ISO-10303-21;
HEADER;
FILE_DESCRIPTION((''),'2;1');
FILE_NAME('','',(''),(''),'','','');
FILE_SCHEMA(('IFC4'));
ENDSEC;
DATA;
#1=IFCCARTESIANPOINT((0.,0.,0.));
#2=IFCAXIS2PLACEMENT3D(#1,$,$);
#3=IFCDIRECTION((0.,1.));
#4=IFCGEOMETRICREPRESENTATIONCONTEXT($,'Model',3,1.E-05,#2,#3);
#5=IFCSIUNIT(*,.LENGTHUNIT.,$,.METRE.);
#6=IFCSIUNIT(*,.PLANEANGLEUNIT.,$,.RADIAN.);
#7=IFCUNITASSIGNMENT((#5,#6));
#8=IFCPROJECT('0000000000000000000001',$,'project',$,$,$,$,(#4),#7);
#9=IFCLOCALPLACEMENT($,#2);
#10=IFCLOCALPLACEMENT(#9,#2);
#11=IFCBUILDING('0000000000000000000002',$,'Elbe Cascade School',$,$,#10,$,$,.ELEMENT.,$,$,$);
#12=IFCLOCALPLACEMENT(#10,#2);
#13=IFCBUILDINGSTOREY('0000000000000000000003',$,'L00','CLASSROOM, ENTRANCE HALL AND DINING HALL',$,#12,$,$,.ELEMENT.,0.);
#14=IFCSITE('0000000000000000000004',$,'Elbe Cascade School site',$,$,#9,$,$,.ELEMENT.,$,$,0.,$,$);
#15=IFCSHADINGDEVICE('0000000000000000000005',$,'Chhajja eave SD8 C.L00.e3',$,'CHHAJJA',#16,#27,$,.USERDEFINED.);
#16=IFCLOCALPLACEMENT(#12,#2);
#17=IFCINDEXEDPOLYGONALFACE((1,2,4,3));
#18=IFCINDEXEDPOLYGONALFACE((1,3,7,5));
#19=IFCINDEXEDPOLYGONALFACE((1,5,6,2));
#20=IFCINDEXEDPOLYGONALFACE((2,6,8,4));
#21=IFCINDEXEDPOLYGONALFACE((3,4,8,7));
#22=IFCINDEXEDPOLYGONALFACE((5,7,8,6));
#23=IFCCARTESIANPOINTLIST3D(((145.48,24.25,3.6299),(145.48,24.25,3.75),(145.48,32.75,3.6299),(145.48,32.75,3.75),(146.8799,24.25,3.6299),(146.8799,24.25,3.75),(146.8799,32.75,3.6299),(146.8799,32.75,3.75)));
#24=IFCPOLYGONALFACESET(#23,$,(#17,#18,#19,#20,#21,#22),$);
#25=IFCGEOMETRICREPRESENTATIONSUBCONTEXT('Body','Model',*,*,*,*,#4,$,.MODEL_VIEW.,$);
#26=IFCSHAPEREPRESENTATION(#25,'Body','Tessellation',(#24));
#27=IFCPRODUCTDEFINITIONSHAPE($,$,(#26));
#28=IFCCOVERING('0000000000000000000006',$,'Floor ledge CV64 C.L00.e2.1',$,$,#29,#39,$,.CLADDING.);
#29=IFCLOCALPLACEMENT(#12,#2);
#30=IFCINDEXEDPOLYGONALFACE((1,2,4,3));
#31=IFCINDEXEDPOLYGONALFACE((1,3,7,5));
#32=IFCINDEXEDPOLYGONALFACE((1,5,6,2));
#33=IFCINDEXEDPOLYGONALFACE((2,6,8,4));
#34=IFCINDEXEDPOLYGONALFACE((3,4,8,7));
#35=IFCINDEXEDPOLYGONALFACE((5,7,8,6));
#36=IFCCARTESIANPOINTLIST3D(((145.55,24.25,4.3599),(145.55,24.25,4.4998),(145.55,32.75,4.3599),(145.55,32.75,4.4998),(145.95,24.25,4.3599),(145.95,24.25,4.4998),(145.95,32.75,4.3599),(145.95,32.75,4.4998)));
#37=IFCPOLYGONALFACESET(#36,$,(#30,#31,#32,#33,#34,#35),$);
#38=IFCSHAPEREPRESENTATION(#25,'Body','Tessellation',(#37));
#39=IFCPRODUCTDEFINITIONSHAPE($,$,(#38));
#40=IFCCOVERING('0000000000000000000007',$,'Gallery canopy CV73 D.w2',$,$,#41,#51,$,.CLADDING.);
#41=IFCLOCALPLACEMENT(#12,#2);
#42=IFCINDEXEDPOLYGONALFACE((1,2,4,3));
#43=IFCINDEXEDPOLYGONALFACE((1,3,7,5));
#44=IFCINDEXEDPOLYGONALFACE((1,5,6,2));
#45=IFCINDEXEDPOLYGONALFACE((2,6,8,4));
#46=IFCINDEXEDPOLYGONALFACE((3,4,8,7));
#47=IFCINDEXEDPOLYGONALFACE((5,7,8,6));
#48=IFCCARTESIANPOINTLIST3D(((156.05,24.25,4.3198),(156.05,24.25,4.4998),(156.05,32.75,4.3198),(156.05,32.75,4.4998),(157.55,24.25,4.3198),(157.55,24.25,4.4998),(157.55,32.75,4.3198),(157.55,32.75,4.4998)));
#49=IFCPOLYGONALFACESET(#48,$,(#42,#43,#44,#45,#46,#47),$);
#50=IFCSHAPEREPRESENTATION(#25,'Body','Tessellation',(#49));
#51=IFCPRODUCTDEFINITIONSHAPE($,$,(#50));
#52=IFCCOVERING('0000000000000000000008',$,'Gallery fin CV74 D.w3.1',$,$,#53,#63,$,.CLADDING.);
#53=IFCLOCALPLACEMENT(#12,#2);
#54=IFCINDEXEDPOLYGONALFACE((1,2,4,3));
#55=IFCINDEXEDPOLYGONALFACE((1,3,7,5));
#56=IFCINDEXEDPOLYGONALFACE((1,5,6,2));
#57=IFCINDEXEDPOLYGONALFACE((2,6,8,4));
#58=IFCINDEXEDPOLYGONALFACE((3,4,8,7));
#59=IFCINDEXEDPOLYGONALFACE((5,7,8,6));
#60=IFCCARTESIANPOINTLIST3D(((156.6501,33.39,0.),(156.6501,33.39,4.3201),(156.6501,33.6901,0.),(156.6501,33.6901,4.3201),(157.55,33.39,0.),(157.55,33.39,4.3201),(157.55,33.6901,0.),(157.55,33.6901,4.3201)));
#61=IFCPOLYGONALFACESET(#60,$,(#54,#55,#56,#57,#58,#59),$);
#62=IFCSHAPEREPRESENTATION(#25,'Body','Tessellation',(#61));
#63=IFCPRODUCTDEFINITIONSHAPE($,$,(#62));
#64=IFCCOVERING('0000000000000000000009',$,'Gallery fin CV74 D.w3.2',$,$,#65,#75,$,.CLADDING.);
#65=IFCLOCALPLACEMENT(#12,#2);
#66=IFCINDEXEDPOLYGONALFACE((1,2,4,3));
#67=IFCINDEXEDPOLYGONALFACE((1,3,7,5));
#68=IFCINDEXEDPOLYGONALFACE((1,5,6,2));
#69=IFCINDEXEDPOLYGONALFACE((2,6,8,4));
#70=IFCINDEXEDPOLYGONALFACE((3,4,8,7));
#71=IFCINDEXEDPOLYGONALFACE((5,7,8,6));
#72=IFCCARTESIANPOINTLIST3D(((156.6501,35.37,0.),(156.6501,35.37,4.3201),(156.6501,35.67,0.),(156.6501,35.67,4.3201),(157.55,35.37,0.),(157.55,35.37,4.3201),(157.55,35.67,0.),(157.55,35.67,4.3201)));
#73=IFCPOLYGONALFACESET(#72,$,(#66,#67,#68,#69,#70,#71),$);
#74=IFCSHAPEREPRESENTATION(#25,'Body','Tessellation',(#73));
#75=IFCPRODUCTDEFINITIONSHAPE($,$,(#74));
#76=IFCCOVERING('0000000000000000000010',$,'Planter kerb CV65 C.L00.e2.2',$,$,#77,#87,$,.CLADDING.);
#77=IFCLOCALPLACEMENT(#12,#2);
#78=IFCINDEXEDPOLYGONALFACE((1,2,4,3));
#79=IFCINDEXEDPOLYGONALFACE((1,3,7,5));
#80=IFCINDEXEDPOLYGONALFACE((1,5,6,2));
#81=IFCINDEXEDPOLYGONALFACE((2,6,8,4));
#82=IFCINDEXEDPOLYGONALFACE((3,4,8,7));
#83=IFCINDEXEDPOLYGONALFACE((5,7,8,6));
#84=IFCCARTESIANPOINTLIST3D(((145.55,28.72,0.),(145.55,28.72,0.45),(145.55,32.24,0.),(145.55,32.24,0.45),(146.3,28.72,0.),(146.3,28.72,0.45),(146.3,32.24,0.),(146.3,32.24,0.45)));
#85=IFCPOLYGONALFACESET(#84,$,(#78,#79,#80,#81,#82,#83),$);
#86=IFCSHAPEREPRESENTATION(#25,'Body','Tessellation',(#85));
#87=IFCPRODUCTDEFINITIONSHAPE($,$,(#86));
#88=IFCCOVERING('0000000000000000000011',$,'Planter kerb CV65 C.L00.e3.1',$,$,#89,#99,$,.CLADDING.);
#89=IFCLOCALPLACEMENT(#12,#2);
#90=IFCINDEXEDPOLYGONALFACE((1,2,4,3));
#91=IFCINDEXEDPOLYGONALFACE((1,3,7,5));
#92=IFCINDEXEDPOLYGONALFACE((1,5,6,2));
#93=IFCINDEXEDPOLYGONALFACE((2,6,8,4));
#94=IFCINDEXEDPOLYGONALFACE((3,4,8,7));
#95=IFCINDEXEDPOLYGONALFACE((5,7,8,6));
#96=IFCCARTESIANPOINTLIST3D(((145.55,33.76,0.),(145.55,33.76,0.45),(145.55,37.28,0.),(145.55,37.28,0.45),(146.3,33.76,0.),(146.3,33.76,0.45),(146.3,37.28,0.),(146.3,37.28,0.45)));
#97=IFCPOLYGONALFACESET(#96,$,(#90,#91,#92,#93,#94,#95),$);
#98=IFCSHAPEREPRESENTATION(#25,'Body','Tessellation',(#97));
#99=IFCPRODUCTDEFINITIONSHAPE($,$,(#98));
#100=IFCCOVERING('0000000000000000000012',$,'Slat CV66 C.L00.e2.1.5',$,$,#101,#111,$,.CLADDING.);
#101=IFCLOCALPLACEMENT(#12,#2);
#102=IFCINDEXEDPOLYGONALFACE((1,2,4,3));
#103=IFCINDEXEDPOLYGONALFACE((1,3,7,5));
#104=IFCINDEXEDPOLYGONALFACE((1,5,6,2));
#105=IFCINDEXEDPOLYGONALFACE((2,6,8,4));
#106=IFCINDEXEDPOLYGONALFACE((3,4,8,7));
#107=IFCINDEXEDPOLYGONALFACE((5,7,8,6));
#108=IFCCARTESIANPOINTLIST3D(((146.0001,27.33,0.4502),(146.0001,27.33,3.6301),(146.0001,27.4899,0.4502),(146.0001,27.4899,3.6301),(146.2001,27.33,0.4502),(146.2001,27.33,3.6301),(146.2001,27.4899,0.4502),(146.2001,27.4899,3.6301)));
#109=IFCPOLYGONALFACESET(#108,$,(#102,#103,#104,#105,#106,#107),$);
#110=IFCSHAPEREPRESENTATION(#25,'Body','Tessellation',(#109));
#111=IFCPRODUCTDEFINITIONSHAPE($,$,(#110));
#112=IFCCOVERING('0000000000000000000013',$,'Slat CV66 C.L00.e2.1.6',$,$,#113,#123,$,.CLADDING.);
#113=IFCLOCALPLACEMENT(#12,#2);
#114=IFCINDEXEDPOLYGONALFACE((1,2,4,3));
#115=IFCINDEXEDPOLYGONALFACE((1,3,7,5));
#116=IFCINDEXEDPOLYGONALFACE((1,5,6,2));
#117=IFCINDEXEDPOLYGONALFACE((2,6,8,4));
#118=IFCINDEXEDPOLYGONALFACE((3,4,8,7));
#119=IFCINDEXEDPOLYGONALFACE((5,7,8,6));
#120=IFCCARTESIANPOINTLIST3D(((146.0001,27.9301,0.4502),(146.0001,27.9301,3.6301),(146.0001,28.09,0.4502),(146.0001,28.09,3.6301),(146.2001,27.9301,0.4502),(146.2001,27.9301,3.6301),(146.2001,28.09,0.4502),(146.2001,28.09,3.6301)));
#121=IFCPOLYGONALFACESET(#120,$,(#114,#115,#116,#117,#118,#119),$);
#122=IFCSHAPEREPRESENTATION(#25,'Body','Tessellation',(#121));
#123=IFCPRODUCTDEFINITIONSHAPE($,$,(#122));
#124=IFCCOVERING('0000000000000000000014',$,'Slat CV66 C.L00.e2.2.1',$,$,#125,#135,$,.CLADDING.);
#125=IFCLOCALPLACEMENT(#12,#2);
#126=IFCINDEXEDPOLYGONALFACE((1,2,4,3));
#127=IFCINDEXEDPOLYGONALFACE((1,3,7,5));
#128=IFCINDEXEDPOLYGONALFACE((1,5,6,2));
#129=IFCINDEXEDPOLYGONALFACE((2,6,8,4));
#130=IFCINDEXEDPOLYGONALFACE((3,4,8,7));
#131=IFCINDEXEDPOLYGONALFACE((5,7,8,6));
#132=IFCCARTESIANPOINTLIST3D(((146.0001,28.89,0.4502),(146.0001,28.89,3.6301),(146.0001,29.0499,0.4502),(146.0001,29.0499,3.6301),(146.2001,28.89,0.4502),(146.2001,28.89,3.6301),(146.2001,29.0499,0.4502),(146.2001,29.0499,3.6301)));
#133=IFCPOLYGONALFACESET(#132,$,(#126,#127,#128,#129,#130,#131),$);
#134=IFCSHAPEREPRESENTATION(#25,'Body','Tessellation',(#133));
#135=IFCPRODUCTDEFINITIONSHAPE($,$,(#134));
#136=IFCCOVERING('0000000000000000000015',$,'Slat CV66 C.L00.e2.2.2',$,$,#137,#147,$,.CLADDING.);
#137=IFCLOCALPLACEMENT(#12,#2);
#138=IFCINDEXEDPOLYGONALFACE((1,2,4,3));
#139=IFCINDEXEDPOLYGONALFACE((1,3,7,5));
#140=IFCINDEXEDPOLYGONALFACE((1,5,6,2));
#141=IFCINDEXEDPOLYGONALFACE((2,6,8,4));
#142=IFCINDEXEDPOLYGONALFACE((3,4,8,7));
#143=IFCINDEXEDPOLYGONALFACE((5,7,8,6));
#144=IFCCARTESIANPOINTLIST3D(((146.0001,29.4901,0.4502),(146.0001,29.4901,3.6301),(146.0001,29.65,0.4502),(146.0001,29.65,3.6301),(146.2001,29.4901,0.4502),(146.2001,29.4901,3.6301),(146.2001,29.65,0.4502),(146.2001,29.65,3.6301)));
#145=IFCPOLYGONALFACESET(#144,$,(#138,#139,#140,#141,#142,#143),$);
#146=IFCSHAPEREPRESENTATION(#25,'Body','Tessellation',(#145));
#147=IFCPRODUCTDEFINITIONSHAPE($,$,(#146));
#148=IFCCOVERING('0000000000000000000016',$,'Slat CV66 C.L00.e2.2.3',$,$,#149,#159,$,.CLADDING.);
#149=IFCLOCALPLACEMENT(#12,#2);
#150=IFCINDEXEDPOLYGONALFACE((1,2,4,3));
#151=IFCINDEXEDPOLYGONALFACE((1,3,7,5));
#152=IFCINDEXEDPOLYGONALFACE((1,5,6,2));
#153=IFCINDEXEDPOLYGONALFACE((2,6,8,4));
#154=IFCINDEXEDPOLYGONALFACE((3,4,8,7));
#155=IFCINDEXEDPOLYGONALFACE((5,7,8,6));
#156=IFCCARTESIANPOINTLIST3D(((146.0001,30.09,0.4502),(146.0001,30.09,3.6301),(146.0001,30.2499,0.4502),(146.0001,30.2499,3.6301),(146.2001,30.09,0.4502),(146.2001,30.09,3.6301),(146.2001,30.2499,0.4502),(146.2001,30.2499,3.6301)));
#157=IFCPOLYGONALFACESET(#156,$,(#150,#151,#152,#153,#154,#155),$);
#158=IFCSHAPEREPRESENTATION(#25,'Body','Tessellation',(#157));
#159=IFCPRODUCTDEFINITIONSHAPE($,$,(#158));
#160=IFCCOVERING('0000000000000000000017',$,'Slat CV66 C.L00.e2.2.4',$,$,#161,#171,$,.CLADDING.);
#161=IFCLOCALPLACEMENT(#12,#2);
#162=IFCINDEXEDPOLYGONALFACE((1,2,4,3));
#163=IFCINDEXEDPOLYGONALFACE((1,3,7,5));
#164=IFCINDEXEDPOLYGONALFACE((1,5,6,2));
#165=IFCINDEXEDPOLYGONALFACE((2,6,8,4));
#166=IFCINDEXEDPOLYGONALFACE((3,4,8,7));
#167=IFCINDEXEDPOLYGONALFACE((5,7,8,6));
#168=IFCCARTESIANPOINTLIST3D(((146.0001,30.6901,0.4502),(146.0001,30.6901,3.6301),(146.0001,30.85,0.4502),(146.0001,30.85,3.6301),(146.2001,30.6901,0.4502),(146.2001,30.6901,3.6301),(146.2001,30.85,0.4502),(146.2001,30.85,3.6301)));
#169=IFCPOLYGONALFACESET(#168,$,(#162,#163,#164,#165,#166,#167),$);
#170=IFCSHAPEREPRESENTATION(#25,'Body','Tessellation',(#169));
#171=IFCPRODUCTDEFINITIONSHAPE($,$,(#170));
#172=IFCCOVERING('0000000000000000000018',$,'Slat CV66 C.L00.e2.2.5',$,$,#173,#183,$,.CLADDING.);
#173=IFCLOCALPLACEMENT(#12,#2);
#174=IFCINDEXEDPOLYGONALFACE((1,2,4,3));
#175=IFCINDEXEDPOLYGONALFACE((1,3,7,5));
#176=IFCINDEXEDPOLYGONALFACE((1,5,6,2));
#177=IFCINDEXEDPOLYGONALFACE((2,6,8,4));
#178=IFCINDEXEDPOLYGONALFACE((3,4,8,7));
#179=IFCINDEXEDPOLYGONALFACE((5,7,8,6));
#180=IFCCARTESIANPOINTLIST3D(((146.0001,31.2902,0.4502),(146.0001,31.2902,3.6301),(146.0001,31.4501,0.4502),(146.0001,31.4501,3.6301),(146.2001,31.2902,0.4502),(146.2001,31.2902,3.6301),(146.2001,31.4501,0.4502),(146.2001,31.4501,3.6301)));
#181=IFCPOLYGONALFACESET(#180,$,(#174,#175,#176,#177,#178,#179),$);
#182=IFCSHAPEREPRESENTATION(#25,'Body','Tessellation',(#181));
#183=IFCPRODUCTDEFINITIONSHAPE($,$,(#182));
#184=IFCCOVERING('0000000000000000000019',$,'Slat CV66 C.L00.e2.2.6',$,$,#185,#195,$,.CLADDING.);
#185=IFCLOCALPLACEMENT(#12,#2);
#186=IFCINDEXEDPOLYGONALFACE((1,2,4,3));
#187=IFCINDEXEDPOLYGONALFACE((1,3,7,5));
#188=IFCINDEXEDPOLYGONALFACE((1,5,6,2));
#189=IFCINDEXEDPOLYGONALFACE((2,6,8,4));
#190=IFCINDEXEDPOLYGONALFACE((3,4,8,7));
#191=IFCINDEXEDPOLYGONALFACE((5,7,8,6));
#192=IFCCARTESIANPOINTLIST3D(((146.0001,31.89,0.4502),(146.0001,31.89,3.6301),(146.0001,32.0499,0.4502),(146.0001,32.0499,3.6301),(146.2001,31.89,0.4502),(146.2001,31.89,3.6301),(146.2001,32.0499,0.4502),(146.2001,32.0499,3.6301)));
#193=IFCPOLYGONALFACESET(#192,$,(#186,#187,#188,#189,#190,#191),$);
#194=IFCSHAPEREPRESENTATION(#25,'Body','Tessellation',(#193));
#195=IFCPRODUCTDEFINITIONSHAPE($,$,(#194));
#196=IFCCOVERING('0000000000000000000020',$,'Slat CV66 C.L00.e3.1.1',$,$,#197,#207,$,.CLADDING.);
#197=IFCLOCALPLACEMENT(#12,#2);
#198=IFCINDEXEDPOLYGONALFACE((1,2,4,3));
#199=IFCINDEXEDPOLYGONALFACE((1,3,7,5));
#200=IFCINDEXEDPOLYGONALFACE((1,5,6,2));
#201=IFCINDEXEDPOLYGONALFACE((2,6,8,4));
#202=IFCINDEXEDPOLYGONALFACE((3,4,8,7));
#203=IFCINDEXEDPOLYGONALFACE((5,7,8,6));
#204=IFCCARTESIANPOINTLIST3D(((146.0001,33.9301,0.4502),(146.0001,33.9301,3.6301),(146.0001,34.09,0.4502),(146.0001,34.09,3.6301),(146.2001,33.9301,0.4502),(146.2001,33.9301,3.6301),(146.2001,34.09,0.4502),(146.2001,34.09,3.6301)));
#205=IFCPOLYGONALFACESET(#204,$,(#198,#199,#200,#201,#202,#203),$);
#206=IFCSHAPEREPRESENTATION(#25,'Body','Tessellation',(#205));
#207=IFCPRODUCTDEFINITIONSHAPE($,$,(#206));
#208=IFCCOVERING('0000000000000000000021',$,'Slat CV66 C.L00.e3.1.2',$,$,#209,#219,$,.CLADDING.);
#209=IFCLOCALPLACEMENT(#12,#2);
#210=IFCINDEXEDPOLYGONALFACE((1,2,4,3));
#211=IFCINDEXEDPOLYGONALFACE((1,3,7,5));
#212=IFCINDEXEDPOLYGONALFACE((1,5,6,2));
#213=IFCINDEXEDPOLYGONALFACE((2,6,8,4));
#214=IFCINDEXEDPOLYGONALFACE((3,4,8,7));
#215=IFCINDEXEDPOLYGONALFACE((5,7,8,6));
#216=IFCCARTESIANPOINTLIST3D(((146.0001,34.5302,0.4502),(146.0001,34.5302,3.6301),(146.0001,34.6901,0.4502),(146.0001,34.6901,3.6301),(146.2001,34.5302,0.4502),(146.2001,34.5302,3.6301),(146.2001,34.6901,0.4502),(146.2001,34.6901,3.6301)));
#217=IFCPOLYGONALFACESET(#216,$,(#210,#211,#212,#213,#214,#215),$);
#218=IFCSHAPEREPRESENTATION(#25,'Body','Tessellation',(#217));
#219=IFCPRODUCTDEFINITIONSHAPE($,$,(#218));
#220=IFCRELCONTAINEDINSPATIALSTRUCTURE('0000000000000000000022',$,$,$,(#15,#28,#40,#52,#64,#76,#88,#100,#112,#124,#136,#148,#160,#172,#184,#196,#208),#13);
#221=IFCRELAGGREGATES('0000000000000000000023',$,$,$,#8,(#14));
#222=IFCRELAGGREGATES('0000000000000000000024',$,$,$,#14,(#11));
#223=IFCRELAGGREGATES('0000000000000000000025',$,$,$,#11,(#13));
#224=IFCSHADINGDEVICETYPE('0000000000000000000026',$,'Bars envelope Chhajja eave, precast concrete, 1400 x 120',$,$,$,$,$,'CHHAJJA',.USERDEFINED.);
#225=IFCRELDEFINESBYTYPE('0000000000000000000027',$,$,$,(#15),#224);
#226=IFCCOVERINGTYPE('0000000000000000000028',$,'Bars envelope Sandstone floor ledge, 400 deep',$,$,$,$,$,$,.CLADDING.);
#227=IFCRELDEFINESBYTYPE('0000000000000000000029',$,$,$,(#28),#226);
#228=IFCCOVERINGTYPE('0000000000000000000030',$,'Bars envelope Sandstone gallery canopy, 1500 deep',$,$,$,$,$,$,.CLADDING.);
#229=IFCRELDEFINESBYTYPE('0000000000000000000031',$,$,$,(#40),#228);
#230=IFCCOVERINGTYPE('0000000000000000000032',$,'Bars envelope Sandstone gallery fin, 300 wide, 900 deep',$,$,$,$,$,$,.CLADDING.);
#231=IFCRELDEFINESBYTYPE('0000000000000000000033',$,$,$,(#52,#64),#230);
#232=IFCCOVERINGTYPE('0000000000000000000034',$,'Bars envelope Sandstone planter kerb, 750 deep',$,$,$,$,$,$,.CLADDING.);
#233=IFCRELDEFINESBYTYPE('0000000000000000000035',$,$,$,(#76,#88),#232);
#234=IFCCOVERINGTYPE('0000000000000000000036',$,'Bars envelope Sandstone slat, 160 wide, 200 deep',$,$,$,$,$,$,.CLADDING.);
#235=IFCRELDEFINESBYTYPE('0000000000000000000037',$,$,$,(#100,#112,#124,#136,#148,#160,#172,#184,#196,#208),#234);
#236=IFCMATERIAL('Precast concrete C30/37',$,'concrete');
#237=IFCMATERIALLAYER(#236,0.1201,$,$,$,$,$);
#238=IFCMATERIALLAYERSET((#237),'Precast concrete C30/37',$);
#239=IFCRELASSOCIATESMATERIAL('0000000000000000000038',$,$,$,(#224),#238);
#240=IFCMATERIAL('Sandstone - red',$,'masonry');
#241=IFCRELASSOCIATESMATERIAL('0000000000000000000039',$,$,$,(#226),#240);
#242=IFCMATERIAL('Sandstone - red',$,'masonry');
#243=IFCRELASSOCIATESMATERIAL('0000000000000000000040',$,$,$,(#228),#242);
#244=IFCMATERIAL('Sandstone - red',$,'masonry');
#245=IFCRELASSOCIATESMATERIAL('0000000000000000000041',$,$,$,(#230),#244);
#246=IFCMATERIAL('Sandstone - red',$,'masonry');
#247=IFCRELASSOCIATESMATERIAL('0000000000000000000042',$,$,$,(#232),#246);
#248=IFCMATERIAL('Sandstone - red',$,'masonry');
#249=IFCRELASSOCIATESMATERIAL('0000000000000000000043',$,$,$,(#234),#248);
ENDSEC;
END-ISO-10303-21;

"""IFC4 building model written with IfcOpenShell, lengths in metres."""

from ifc_helpers import new_model, si_unit, direction, frame, origin, origin_2d, place, context, subcontext, project, spatial, rectangle, extrude, material, layer, layer_set, type_object, element, save


model = new_model("IFC4")

# Units and contexts
model_context = context("Model", 3, precision=1e-05, world=origin(), true_north=direction((0.0, 1.0)))
body_context = subcontext(model_context, "Body", "Model", "MODEL_VIEW")
ifc_project = project(units=[si_unit("LENGTHUNIT", "METRE"), si_unit("PLANEANGLEUNIT", "RADIAN")], contexts=[model_context])

# Site, building, storey
site_placement = place(None, origin())
site = spatial("IfcSite", under=ifc_project, at=site_placement, Name="Elbe Cascade School site", CompositionType="ELEMENT", RefElevation=0.0)
building_placement = place(site_placement, origin())
building = spatial("IfcBuilding", under=site, at=building_placement, Name="Elbe Cascade School", CompositionType="ELEMENT")
storey_placement = place(building_placement, origin())
storey = spatial("IfcBuildingStorey", under=building, at=storey_placement, Name="L00", Description="CLASSROOM, ENTRANCE HALL AND DINING HALL", CompositionType="ELEMENT", Elevation=0.0)

# Shading device
ifc_material_1 = material(Name="Precast concrete C30/37", Category="concrete")
ifc_layer_1 = layer(ifc_material_1, 0.1201)
ifc_layer_set_1 = layer_set([ifc_layer_1], Name="Precast concrete C30/37")
shading_device_type_1 = type_object("IfcShadingDeviceType", Name="Bars envelope Chhajja eave, precast concrete, 1400 x 120", ElementType="CHHAJJA", PredefinedType="USERDEFINED", material=ifc_layer_set_1)
shading_device_1_placement = place(storey_placement, frame((146.1799, 28.5, 3.6299), z_axis=(0.0, 0.0, 1.0), x_axis=(0.0, 1.0, 0.0)))
element("IfcShadingDevice", 1, at=shading_device_1_placement, inside=storey, type_object=shading_device_type_1, Name="Chhajja eave SD8 C.L00.e3", ObjectType="CHHAJJA", PredefinedType="USERDEFINED", context=body_context, shape_type="SweptSolid", body=[
    extrude(rectangle(XDim=8.5, YDim=1.3999, at=origin_2d()), origin(), (0.0, 0.0, 1.0), 0.1201),
])

# Coverings
ifc_material_2 = material(Name="Sandstone - red", Category="masonry")
covering_type_1 = type_object("IfcCoveringType", Name="Bars envelope Sandstone floor ledge, 400 deep", PredefinedType="CLADDING", material=ifc_material_2)
covering_1_placement = place(storey_placement, frame((145.75, 28.5, 4.3599), z_axis=(0.0, 0.0, 1.0), x_axis=(0.0, 1.0, 0.0)))
element("IfcCovering", 2, at=covering_1_placement, inside=storey, type_object=covering_type_1, Name="Floor ledge CV64 C.L00.e2.1", PredefinedType="CLADDING", context=body_context, shape_type="SweptSolid", body=[
    extrude(rectangle(XDim=8.5, YDim=0.3999, at=origin_2d()), origin(), (0.0, 0.0, 1.0), 0.1399),
])
ifc_material_3 = material(Name="Sandstone - red", Category="masonry")
covering_type_2 = type_object("IfcCoveringType", Name="Bars envelope Sandstone gallery canopy, 1500 deep", PredefinedType="CLADDING", material=ifc_material_3)
covering_2_placement = place(storey_placement, frame((156.8, 28.5, 4.3198), z_axis=(0.0, 0.0, 1.0), x_axis=(0.0, 1.0, 0.0)))
element("IfcCovering", 3, at=covering_2_placement, inside=storey, type_object=covering_type_2, Name="Gallery canopy CV73 D.w2", PredefinedType="CLADDING", context=body_context, shape_type="SweptSolid", body=[
    extrude(rectangle(XDim=8.5, YDim=1.5, at=origin_2d()), origin(), (0.0, 0.0, 1.0), 0.1799),
])
ifc_material_4 = material(Name="Sandstone - red", Category="masonry")
covering_type_3 = type_object("IfcCoveringType", Name="Bars envelope Sandstone gallery fin, 300 wide, 900 deep", PredefinedType="CLADDING", material=ifc_material_4)
for number, where, z_axis, x_axis, name in (
    (4, (157.1001, 33.54, 0.0), (0.0, 0.0, 1.0), (0.0, 1.0, 0.0), "Gallery fin CV74 D.w3.1"),
    (5, (157.1001, 35.52, 0.0), (0.0, 0.0, 1.0), (0.0, 1.0, 0.0), "Gallery fin CV74 D.w3.2"),
):
    element("IfcCovering", number, at=place(storey_placement, frame(where, z_axis=z_axis, x_axis=x_axis)), inside=storey, type_object=covering_type_3, Name=name, PredefinedType="CLADDING", context=body_context, shape_type="SweptSolid", body=[
        extrude(rectangle(XDim=0.3, YDim=0.8999, at=origin_2d()), origin(), (0.0, 0.0, 1.0), 4.3201),
    ])
ifc_material_5 = material(Name="Sandstone - red", Category="masonry")
covering_type_4 = type_object("IfcCoveringType", Name="Bars envelope Sandstone planter kerb, 750 deep", PredefinedType="CLADDING", material=ifc_material_5)
for number, where, z_axis, x_axis, name in (
    (6, (145.925, 30.48, 0.0), (0.0, 0.0, 1.0), (0.0, 1.0, 0.0), "Planter kerb CV65 C.L00.e2.2"),
    (7, (145.925, 35.52, 0.0), (0.0, 0.0, 1.0), (0.0, 1.0, 0.0), "Planter kerb CV65 C.L00.e3.1"),
):
    element("IfcCovering", number, at=place(storey_placement, frame(where, z_axis=z_axis, x_axis=x_axis)), inside=storey, type_object=covering_type_4, Name=name, PredefinedType="CLADDING", context=body_context, shape_type="SweptSolid", body=[
        extrude(rectangle(XDim=3.52, YDim=0.75, at=origin_2d()), origin(), (0.0, 0.0, 1.0), 0.45),
    ])
ifc_material_6 = material(Name="Sandstone - red", Category="masonry")
covering_type_5 = type_object("IfcCoveringType", Name="Bars envelope Sandstone slat, 160 wide, 200 deep", PredefinedType="CLADDING", material=ifc_material_6)
for number, where, z_axis, x_axis, name in (
    (8, (146.1001, 27.4099, 0.4502), (0.0, 0.0, 1.0), (0.0, 1.0, 0.0), "Slat CV66 C.L00.e2.1.5"),
    (9, (146.1001, 28.01, 0.4502), (0.0, 0.0, 1.0), (0.0, 1.0, 0.0), "Slat CV66 C.L00.e2.1.6"),
    (10, (146.1001, 28.97, 0.4502), (0.0, 0.0, 1.0), (0.0, 1.0, 0.0), "Slat CV66 C.L00.e2.2.1"),
    (11, (146.1001, 29.5701, 0.4502), (0.0, 0.0, 1.0), (0.0, 1.0, 0.0), "Slat CV66 C.L00.e2.2.2"),
    (12, (146.1001, 30.1699, 0.4502), (0.0, 0.0, 1.0), (0.0, 1.0, 0.0), "Slat CV66 C.L00.e2.2.3"),
    (13, (146.1001, 30.77, 0.4502), (0.0, 0.0, 1.0), (0.0, 1.0, 0.0), "Slat CV66 C.L00.e2.2.4"),
    (14, (146.1001, 31.3701, 0.4502), (0.0, 0.0, 1.0), (0.0, 1.0, 0.0), "Slat CV66 C.L00.e2.2.5"),
    (15, (146.1001, 31.97, 0.4502), (0.0, 0.0, 1.0), (0.0, 1.0, 0.0), "Slat CV66 C.L00.e2.2.6"),
    (16, (146.1001, 34.01, 0.4502), (0.0, 0.0, 1.0), (0.0, 1.0, 0.0), "Slat CV66 C.L00.e3.1.1"),
    (17, (146.1001, 34.6101, 0.4502), (0.0, 0.0, 1.0), (0.0, 1.0, 0.0), "Slat CV66 C.L00.e3.1.2"),
):
    element("IfcCovering", number, at=place(storey_placement, frame(where, z_axis=z_axis, x_axis=x_axis)), inside=storey, type_object=covering_type_5, Name=name, PredefinedType="CLADDING", context=body_context, shape_type="SweptSolid", body=[
        extrude(rectangle(XDim=0.1599, YDim=0.2, at=origin_2d()), origin(), (0.0, 0.0, 1.0), 3.1799),
    ])

save(model, "model.ifc")
